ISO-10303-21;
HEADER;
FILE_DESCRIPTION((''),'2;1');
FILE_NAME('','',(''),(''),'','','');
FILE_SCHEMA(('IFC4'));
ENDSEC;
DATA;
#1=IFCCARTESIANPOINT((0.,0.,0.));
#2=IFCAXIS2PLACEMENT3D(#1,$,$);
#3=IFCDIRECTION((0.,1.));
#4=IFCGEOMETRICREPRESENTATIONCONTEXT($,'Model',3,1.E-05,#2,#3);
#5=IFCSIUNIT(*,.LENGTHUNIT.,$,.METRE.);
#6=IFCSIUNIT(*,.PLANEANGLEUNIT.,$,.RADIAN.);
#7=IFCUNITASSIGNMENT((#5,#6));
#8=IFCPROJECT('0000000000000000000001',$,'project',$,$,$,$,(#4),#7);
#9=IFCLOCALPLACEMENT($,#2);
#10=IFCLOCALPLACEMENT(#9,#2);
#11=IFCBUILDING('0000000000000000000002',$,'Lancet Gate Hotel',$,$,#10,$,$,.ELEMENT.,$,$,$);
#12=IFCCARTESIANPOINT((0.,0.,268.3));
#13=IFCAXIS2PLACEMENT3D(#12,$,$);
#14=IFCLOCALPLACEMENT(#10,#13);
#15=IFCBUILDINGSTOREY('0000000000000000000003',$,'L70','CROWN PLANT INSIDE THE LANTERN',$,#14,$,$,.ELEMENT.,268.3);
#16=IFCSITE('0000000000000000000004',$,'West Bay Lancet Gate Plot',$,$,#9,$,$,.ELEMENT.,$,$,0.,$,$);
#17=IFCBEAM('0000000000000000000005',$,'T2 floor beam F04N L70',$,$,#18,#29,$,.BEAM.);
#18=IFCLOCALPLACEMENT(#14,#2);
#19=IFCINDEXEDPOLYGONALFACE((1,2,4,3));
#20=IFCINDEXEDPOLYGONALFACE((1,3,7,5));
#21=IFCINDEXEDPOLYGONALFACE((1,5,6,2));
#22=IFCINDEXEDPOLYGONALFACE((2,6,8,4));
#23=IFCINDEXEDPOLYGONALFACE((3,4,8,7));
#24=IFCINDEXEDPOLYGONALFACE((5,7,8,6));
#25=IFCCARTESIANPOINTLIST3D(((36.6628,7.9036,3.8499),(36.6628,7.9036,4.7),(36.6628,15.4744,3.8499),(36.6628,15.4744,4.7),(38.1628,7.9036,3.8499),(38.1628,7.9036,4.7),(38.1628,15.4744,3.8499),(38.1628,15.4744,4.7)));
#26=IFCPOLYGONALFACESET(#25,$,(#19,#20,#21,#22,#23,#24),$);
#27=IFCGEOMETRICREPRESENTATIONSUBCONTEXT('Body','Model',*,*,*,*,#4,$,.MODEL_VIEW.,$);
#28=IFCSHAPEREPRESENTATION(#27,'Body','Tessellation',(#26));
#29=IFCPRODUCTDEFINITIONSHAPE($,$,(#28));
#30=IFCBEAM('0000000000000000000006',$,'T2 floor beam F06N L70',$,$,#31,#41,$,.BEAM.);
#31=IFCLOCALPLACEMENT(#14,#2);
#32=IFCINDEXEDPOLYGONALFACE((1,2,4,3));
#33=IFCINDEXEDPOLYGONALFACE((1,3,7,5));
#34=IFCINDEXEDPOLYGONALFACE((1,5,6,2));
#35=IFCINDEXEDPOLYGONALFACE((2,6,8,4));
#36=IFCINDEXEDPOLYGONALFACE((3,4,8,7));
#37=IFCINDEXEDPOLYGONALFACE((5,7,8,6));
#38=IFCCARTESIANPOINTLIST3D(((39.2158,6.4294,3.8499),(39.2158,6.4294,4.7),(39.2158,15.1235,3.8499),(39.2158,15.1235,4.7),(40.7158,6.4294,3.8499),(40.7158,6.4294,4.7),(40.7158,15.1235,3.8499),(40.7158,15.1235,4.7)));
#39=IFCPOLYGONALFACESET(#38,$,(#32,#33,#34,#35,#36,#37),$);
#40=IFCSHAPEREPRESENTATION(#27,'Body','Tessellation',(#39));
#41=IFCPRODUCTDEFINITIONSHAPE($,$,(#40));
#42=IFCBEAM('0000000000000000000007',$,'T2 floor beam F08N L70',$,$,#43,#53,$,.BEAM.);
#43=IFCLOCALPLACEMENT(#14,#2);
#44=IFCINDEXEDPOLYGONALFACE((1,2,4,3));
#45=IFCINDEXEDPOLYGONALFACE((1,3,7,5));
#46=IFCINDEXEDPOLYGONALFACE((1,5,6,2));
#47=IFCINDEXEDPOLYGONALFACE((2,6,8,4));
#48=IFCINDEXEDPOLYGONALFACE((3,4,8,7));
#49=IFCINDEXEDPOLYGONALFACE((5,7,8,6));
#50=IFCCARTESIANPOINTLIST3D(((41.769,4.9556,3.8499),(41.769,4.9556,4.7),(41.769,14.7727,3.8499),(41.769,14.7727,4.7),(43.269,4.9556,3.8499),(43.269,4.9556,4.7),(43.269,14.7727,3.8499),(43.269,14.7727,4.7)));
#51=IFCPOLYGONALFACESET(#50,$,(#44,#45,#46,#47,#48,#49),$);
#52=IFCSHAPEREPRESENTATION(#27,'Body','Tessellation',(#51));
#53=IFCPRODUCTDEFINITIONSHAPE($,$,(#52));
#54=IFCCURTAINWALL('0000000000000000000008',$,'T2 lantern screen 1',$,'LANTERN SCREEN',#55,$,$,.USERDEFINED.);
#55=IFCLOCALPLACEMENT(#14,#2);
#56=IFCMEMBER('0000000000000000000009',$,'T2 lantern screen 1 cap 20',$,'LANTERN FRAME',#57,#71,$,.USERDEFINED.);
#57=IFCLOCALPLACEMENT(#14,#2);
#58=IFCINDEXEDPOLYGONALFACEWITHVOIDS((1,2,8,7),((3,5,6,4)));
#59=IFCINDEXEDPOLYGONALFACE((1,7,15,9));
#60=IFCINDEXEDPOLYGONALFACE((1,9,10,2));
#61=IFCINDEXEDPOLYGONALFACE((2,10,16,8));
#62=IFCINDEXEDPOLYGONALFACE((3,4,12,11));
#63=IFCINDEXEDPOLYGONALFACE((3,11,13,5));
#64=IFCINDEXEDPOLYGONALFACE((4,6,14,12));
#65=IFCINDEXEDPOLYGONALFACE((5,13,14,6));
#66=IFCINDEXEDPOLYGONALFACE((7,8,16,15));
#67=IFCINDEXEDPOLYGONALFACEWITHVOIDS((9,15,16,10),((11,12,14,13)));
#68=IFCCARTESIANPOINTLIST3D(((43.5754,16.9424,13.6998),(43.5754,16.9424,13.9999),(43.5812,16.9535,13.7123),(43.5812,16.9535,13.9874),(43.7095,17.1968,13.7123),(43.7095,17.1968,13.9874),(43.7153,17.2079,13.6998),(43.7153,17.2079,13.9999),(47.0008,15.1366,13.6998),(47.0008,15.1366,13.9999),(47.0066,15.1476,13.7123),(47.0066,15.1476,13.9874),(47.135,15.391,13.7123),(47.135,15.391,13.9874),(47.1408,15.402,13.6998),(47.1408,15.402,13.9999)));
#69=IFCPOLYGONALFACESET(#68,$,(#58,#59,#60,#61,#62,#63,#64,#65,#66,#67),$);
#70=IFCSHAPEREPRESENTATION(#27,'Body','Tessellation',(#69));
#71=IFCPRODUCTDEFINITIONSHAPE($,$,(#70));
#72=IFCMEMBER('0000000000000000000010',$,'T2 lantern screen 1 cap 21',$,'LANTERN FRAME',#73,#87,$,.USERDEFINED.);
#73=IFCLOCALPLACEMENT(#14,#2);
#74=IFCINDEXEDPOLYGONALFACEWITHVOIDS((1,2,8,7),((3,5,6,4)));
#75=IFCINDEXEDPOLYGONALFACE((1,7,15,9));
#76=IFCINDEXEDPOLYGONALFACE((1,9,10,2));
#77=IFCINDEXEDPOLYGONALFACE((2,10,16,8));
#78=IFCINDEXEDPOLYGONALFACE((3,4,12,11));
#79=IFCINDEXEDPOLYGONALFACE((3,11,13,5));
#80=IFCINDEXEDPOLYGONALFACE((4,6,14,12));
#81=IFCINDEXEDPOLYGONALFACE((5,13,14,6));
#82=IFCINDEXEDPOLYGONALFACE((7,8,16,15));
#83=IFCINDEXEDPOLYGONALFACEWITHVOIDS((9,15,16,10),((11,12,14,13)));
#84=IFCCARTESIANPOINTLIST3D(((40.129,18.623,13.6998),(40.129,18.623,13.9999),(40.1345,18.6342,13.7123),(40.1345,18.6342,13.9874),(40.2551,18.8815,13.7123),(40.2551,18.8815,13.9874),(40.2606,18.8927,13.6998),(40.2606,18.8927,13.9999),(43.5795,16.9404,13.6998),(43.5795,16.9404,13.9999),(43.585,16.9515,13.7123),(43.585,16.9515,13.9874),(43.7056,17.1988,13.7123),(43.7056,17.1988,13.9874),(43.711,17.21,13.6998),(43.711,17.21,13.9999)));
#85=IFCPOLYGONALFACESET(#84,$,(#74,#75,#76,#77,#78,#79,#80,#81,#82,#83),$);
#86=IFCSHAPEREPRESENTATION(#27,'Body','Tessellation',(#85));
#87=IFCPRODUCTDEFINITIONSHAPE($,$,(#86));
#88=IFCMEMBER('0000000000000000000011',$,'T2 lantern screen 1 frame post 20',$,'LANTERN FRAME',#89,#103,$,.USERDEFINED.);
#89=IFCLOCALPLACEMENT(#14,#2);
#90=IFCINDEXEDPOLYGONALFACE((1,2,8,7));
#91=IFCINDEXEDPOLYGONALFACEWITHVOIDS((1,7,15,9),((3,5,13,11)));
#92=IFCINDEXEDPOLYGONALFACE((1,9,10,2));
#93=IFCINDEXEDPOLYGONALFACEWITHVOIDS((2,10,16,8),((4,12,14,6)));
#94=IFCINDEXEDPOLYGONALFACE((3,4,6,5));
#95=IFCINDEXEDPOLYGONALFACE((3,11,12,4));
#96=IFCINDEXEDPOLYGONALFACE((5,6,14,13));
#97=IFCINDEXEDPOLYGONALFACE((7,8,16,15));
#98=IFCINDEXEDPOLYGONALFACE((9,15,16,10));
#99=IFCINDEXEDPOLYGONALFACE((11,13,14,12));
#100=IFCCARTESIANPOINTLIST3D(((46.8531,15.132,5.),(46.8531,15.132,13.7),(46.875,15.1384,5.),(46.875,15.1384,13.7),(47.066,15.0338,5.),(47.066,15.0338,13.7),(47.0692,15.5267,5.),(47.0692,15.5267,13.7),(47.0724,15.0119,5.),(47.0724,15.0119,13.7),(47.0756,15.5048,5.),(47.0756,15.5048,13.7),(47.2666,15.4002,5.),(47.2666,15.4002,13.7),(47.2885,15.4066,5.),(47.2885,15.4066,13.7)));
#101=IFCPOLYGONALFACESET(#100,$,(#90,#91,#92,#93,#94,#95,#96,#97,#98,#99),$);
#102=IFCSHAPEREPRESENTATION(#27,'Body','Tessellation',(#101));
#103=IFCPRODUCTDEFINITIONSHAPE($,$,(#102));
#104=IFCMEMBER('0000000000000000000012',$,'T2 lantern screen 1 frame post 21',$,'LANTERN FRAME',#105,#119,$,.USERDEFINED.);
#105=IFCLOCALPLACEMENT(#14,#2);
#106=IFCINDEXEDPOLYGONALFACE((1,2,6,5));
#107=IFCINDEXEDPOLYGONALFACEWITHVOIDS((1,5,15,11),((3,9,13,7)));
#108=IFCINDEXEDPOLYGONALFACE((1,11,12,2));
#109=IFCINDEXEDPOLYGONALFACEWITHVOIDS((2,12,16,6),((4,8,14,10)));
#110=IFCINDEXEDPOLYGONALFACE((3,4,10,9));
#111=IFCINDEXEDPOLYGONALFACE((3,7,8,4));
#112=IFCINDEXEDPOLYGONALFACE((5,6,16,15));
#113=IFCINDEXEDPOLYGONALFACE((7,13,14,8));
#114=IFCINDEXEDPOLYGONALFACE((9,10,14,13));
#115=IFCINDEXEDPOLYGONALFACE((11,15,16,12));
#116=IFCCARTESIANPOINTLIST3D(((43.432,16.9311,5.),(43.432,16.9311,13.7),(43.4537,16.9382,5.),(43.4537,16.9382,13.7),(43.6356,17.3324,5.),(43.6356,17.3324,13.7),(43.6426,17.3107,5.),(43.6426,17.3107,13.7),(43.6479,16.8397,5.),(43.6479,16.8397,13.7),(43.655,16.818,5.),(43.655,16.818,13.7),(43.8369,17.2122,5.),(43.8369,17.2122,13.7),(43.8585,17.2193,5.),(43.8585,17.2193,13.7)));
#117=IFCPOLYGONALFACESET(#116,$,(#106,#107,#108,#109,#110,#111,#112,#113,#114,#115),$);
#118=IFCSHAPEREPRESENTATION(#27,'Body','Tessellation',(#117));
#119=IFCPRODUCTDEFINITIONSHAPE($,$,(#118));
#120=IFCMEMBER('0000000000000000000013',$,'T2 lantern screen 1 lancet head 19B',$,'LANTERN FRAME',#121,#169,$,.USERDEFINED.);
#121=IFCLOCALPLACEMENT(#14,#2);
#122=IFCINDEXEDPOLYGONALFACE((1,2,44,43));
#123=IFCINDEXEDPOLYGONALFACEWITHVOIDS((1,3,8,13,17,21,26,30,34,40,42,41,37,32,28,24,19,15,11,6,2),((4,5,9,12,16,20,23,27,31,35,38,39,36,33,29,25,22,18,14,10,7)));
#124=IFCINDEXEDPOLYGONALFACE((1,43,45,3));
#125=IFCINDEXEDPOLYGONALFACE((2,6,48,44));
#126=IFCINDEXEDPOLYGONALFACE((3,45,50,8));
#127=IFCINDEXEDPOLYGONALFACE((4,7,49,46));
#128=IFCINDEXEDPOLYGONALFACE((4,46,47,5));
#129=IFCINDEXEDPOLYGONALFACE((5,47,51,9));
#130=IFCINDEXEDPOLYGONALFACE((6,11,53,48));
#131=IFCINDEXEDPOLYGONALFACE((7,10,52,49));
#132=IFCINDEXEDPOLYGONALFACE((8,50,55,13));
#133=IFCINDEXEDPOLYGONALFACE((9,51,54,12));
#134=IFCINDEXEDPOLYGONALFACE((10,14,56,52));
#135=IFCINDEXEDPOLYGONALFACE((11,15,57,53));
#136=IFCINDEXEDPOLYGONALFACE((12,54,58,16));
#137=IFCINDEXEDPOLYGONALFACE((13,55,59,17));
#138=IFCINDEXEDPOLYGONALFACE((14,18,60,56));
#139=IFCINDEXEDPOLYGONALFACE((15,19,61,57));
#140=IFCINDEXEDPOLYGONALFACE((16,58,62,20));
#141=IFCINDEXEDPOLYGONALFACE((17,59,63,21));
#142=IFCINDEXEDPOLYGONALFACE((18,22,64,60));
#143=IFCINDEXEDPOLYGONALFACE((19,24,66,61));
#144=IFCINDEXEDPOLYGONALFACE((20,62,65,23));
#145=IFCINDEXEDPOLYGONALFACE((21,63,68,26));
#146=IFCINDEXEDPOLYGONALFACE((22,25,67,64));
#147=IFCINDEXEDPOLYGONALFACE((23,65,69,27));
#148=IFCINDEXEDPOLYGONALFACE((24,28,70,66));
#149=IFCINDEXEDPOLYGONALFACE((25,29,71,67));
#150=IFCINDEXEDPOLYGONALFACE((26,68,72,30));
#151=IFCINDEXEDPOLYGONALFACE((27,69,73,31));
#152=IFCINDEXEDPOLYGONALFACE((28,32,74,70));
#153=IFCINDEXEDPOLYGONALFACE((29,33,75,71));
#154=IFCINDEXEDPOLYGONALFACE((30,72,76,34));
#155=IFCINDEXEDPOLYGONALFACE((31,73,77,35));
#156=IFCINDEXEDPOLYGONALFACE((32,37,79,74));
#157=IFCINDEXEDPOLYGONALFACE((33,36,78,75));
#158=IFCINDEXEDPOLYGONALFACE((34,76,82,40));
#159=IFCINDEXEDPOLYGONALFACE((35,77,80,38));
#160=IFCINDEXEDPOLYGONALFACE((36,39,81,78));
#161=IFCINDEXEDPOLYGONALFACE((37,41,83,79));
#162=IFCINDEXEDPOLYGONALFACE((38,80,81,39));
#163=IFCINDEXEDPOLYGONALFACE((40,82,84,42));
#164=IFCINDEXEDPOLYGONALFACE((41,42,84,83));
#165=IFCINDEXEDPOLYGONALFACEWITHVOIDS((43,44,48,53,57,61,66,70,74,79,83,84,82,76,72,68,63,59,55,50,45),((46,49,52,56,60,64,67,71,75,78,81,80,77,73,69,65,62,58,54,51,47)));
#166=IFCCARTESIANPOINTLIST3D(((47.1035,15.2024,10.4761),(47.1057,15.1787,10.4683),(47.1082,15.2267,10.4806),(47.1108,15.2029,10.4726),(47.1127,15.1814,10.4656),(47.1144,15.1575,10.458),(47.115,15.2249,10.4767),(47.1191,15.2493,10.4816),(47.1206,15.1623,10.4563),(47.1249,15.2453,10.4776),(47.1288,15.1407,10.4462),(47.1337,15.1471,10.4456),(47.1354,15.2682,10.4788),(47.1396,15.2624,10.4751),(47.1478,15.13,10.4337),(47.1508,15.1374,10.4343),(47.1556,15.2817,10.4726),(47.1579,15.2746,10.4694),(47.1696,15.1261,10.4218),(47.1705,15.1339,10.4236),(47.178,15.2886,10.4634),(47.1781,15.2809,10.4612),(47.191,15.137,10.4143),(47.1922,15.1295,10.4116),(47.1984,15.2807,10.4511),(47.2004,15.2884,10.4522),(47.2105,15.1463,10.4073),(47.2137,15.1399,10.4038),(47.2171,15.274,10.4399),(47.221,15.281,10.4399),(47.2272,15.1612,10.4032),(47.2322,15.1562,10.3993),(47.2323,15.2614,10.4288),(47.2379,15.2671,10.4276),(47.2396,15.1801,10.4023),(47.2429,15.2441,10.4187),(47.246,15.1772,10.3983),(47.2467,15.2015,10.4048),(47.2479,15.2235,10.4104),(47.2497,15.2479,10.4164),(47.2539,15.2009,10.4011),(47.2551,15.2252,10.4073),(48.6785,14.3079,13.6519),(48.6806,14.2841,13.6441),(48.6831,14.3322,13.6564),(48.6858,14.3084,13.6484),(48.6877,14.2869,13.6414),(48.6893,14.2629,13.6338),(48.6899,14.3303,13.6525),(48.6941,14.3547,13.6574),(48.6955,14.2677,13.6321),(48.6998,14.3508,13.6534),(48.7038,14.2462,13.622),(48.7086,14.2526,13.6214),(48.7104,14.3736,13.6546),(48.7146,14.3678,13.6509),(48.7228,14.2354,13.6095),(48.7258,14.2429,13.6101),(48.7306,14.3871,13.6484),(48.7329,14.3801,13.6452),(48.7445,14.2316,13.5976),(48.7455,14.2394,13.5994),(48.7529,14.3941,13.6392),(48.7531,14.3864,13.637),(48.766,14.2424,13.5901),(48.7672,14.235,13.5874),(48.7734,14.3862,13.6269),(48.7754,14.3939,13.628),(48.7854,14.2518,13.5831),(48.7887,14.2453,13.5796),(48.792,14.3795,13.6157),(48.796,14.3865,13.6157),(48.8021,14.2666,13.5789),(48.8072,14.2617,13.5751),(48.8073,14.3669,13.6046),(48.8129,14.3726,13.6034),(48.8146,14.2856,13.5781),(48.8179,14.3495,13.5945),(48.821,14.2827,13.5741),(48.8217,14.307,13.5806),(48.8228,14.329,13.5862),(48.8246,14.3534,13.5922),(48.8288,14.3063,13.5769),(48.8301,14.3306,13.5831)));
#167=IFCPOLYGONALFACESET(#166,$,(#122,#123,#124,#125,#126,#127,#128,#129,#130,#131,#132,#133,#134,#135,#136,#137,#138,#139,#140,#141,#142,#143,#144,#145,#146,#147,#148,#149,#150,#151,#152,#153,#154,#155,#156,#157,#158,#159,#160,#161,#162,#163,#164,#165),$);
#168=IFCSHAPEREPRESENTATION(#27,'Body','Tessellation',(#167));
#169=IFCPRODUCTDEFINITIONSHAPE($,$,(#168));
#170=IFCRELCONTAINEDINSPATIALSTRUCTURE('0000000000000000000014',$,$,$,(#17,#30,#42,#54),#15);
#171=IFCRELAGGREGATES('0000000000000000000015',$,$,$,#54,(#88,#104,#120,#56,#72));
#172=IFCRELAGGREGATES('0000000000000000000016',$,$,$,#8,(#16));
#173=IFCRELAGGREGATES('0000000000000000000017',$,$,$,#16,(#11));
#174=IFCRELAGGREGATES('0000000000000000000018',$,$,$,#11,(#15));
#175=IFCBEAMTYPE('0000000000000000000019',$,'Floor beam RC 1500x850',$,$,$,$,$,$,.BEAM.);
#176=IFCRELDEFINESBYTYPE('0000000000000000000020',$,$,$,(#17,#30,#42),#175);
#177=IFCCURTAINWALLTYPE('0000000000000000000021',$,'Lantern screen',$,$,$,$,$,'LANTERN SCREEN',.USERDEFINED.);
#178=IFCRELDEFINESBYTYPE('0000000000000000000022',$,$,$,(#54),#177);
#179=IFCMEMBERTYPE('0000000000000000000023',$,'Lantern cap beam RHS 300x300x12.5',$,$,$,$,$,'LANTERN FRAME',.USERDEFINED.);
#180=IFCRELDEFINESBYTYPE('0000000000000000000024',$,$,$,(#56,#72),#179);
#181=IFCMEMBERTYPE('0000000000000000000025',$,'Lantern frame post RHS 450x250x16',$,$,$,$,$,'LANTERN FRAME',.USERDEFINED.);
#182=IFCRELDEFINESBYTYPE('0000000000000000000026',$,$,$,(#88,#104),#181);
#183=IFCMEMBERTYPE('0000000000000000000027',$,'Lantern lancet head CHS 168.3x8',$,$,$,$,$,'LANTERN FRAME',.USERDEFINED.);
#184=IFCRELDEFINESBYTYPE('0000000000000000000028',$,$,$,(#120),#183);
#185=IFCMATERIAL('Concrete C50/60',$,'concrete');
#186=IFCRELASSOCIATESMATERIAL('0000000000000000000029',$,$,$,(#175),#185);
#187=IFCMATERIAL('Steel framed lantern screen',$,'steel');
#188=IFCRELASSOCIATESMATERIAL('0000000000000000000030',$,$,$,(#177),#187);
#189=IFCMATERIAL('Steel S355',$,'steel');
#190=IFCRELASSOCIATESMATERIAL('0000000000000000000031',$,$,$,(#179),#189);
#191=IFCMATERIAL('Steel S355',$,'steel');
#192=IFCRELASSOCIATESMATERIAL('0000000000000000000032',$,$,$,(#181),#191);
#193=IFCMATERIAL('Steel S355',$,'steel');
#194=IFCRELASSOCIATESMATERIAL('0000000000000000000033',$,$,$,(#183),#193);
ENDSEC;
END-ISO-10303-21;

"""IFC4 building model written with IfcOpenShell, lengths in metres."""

from ifc_helpers import new_model, si_unit, direction, frame, origin, origin_2d, place, context, subcontext, project, spatial, rectangle, hollow_rectangle, hollow_circle, extrude, material, material_profile, profile_set, type_object, element, aggregate, save


model = new_model("IFC4")

# Units and contexts
model_context = context("Model", 3, precision=1e-05, world=origin(), true_north=direction((0.0, 1.0)))
body_context = subcontext(model_context, "Body", "Model", "MODEL_VIEW")
ifc_project = project(units=[si_unit("LENGTHUNIT", "METRE"), si_unit("PLANEANGLEUNIT", "RADIAN")], contexts=[model_context])

# Site, building, storey
site_placement = place(None, origin())
site = spatial("IfcSite", under=ifc_project, at=site_placement, Name="West Bay Lancet Gate Plot", CompositionType="ELEMENT", RefElevation=0.0)
building_placement = place(site_placement, origin())
building = spatial("IfcBuilding", under=site, at=building_placement, Name="Lancet Gate Hotel", CompositionType="ELEMENT")
storey_placement = place(building_placement, frame((0.0, 0.0, 268.3)))
storey = spatial("IfcBuildingStorey", under=building, at=storey_placement, Name="L70", Description="CROWN PLANT INSIDE THE LANTERN", CompositionType="ELEMENT", Elevation=268.3)

# Beams
ifc_material_1 = material(Name="Concrete C50/60", Category="concrete")
ifc_material_profile_1 = material_profile(ifc_material_1, rectangle(XDim=1.5, YDim=0.8501, at=origin_2d()), Name="RC 1500x850")
ifc_profile_set_1 = profile_set([ifc_material_profile_1], Name="Concrete C50/60")
beam_type_1 = type_object("IfcBeamType", Name="Floor beam RC 1500x850", PredefinedType="BEAM", material=ifc_profile_set_1)
beam_1_placement = place(storey_placement, frame((37.4128, 7.9036, 4.2749), z_axis=(0.0, 1.0, 0.0), x_axis=(-1.0, 0.0, 0.0)))
element("IfcBeam", 1, at=beam_1_placement, inside=storey, type_object=beam_type_1, Name="T2 floor beam F04N L70", PredefinedType="BEAM", context=body_context, shape_type="SweptSolid", body=[
    extrude(rectangle(XDim=1.5, YDim=0.8501, at=origin_2d()), origin(), (0.0, 0.0, 1.0), 7.5708),
])
beam_2_placement = place(storey_placement, frame((39.9658, 6.4294, 4.2749), z_axis=(0.0, 1.0, 0.0), x_axis=(-1.0, 0.0, 0.0)))
element("IfcBeam", 2, at=beam_2_placement, inside=storey, type_object=beam_type_1, Name="T2 floor beam F06N L70", PredefinedType="BEAM", context=body_context, shape_type="SweptSolid", body=[
    extrude(rectangle(XDim=1.5, YDim=0.8501, at=origin_2d()), origin(), (0.0, 0.0, 1.0), 8.6941),
])
beam_3_placement = place(storey_placement, frame((42.519, 4.9556, 4.2749), z_axis=(0.0, 1.0, 0.0), x_axis=(-1.0, 0.0, 0.0)))
element("IfcBeam", 3, at=beam_3_placement, inside=storey, type_object=beam_type_1, Name="T2 floor beam F08N L70", PredefinedType="BEAM", context=body_context, shape_type="SweptSolid", body=[
    extrude(rectangle(XDim=1.5, YDim=0.8501, at=origin_2d()), origin(), (0.0, 0.0, 1.0), 9.8171),
])

# Curtain wall, members
ifc_material_2 = material(Name="Steel framed lantern screen", Category="steel")
curtain_wall_type_1 = type_object("IfcCurtainWallType", Name="Lantern screen", ElementType="LANTERN SCREEN", PredefinedType="USERDEFINED", material=ifc_material_2)
curtain_wall_1_placement = place(storey_placement, origin())
curtain_wall_1 = element("IfcCurtainWall", 4, at=curtain_wall_1_placement, inside=storey, type_object=curtain_wall_type_1, Name="T2 lantern screen 1", ObjectType="LANTERN SCREEN", PredefinedType="USERDEFINED")
ifc_material_3 = material(Name="Steel S355", Category="steel")
ifc_material_profile_2 = material_profile(ifc_material_3, hollow_rectangle(XDim=0.3, YDim=0.3, WallThickness=0.0125, at=origin_2d()), Name="RHS 300x300x12.5")
ifc_profile_set_2 = profile_set([ifc_material_profile_2], Name="Steel S355")
member_type_1 = type_object("IfcMemberType", Name="Lantern cap beam RHS 300x300x12.5", ElementType="LANTERN FRAME", PredefinedType="USERDEFINED", material=ifc_profile_set_2)
member_1_placement = place(storey_placement, frame((47.0708, 15.2693, 13.8499), z_axis=(-0.884599, 0.466352, 0.0), x_axis=(-0.466352, -0.884599, 0.0)))
member_1 = element("IfcMember", 5, at=member_1_placement, type_object=member_type_1, Name="T2 lantern screen 1 cap 20", ObjectType="LANTERN FRAME", PredefinedType="USERDEFINED", context=body_context, shape_type="SweptSolid", body=[
    extrude(hollow_rectangle(XDim=0.3, YDim=0.3, WallThickness=0.0125, at=origin_2d()), origin(), (0.0, 0.0, 1.0), 3.8723),
])
member_2_placement = place(storey_placement, frame((43.6453, 17.0752, 13.8499), z_axis=(-0.898822, 0.438313, 0.0), x_axis=(-0.438313, -0.898822, 0.0)))
member_2 = element("IfcMember", 6, at=member_2_placement, type_object=member_type_1, Name="T2 lantern screen 1 cap 21", ObjectType="LANTERN FRAME", PredefinedType="USERDEFINED", context=body_context, shape_type="SweptSolid", body=[
    extrude(hollow_rectangle(XDim=0.3, YDim=0.3, WallThickness=0.0125, at=origin_2d()), origin(), (0.0, 0.0, 1.0), 3.8389),
])
ifc_material_4 = material(Name="Steel S355", Category="steel")
ifc_material_profile_3 = material_profile(ifc_material_4, hollow_rectangle(XDim=0.25, YDim=0.45, WallThickness=0.0161, at=origin_2d()), Name="RHS 450x250x16")
ifc_profile_set_3 = profile_set([ifc_material_profile_3], Name="Steel S355")
member_type_2 = type_object("IfcMemberType", Name="Lantern frame post RHS 450x250x16", ElementType="LANTERN FRAME", PredefinedType="USERDEFINED", material=ifc_profile_set_3)
member_3_placement = place(storey_placement, frame((47.0708, 15.2693, 5.0), z_axis=(0.0, 0.0, 1.0), x_axis=(-0.877195, 0.480135, 0.0)))
member_3 = element("IfcMember", 7, at=member_3_placement, type_object=member_type_2, Name="T2 lantern screen 1 frame post 20", ObjectType="LANTERN FRAME", PredefinedType="USERDEFINED", context=body_context, shape_type="SweptSolid", body=[
    extrude(hollow_rectangle(XDim=0.25, YDim=0.45, WallThickness=0.0161, at=origin_2d()), origin(), (0.0, 0.0, 1.0), 8.7),
])
member_4_placement = place(storey_placement, frame((43.6453, 17.0752, 5.0), z_axis=(0.0, 0.0, 1.0), x_axis=(-0.891833, 0.452365, 0.0)))
member_4 = element("IfcMember", 8, at=member_4_placement, type_object=member_type_2, Name="T2 lantern screen 1 frame post 21", ObjectType="LANTERN FRAME", PredefinedType="USERDEFINED", context=body_context, shape_type="SweptSolid", body=[
    extrude(hollow_rectangle(XDim=0.25, YDim=0.45, WallThickness=0.0161, at=origin_2d()), origin(), (0.0, 0.0, 1.0), 8.7),
])
ifc_material_5 = material(Name="Steel S355", Category="steel")
ifc_material_profile_4 = material_profile(ifc_material_5, hollow_circle(Radius=0.0842, WallThickness=0.0081, at=origin_2d()), Name="CHS 168.3x8.0")
ifc_profile_set_4 = profile_set([ifc_material_profile_4], Name="Steel S355")
member_type_3 = type_object("IfcMemberType", Name="Lantern lancet head CHS 168.3x8", ElementType="LANTERN FRAME", PredefinedType="USERDEFINED", material=ifc_profile_set_4)
member_5_placement = place(storey_placement, frame((47.1794, 15.2078, 10.4399), z_axis=(0.430787, -0.244676, 0.868652), x_axis=(0.493873, 0.869534, 0.0)))
member_5 = element("IfcMember", 9, at=member_5_placement, type_object=member_type_3, Name="T2 lantern screen 1 lancet head 19B", ObjectType="LANTERN FRAME", PredefinedType="USERDEFINED", context=body_context, shape_type="SweptSolid", body=[
    extrude(hollow_circle(Radius=0.0842, WallThickness=0.0081, at=origin_2d()), origin(), (0.0, 0.0, 1.0), 3.656),
])

aggregate(curtain_wall_1, [member_3, member_4, member_5, member_1, member_2])

save(model, "model.ifc")
